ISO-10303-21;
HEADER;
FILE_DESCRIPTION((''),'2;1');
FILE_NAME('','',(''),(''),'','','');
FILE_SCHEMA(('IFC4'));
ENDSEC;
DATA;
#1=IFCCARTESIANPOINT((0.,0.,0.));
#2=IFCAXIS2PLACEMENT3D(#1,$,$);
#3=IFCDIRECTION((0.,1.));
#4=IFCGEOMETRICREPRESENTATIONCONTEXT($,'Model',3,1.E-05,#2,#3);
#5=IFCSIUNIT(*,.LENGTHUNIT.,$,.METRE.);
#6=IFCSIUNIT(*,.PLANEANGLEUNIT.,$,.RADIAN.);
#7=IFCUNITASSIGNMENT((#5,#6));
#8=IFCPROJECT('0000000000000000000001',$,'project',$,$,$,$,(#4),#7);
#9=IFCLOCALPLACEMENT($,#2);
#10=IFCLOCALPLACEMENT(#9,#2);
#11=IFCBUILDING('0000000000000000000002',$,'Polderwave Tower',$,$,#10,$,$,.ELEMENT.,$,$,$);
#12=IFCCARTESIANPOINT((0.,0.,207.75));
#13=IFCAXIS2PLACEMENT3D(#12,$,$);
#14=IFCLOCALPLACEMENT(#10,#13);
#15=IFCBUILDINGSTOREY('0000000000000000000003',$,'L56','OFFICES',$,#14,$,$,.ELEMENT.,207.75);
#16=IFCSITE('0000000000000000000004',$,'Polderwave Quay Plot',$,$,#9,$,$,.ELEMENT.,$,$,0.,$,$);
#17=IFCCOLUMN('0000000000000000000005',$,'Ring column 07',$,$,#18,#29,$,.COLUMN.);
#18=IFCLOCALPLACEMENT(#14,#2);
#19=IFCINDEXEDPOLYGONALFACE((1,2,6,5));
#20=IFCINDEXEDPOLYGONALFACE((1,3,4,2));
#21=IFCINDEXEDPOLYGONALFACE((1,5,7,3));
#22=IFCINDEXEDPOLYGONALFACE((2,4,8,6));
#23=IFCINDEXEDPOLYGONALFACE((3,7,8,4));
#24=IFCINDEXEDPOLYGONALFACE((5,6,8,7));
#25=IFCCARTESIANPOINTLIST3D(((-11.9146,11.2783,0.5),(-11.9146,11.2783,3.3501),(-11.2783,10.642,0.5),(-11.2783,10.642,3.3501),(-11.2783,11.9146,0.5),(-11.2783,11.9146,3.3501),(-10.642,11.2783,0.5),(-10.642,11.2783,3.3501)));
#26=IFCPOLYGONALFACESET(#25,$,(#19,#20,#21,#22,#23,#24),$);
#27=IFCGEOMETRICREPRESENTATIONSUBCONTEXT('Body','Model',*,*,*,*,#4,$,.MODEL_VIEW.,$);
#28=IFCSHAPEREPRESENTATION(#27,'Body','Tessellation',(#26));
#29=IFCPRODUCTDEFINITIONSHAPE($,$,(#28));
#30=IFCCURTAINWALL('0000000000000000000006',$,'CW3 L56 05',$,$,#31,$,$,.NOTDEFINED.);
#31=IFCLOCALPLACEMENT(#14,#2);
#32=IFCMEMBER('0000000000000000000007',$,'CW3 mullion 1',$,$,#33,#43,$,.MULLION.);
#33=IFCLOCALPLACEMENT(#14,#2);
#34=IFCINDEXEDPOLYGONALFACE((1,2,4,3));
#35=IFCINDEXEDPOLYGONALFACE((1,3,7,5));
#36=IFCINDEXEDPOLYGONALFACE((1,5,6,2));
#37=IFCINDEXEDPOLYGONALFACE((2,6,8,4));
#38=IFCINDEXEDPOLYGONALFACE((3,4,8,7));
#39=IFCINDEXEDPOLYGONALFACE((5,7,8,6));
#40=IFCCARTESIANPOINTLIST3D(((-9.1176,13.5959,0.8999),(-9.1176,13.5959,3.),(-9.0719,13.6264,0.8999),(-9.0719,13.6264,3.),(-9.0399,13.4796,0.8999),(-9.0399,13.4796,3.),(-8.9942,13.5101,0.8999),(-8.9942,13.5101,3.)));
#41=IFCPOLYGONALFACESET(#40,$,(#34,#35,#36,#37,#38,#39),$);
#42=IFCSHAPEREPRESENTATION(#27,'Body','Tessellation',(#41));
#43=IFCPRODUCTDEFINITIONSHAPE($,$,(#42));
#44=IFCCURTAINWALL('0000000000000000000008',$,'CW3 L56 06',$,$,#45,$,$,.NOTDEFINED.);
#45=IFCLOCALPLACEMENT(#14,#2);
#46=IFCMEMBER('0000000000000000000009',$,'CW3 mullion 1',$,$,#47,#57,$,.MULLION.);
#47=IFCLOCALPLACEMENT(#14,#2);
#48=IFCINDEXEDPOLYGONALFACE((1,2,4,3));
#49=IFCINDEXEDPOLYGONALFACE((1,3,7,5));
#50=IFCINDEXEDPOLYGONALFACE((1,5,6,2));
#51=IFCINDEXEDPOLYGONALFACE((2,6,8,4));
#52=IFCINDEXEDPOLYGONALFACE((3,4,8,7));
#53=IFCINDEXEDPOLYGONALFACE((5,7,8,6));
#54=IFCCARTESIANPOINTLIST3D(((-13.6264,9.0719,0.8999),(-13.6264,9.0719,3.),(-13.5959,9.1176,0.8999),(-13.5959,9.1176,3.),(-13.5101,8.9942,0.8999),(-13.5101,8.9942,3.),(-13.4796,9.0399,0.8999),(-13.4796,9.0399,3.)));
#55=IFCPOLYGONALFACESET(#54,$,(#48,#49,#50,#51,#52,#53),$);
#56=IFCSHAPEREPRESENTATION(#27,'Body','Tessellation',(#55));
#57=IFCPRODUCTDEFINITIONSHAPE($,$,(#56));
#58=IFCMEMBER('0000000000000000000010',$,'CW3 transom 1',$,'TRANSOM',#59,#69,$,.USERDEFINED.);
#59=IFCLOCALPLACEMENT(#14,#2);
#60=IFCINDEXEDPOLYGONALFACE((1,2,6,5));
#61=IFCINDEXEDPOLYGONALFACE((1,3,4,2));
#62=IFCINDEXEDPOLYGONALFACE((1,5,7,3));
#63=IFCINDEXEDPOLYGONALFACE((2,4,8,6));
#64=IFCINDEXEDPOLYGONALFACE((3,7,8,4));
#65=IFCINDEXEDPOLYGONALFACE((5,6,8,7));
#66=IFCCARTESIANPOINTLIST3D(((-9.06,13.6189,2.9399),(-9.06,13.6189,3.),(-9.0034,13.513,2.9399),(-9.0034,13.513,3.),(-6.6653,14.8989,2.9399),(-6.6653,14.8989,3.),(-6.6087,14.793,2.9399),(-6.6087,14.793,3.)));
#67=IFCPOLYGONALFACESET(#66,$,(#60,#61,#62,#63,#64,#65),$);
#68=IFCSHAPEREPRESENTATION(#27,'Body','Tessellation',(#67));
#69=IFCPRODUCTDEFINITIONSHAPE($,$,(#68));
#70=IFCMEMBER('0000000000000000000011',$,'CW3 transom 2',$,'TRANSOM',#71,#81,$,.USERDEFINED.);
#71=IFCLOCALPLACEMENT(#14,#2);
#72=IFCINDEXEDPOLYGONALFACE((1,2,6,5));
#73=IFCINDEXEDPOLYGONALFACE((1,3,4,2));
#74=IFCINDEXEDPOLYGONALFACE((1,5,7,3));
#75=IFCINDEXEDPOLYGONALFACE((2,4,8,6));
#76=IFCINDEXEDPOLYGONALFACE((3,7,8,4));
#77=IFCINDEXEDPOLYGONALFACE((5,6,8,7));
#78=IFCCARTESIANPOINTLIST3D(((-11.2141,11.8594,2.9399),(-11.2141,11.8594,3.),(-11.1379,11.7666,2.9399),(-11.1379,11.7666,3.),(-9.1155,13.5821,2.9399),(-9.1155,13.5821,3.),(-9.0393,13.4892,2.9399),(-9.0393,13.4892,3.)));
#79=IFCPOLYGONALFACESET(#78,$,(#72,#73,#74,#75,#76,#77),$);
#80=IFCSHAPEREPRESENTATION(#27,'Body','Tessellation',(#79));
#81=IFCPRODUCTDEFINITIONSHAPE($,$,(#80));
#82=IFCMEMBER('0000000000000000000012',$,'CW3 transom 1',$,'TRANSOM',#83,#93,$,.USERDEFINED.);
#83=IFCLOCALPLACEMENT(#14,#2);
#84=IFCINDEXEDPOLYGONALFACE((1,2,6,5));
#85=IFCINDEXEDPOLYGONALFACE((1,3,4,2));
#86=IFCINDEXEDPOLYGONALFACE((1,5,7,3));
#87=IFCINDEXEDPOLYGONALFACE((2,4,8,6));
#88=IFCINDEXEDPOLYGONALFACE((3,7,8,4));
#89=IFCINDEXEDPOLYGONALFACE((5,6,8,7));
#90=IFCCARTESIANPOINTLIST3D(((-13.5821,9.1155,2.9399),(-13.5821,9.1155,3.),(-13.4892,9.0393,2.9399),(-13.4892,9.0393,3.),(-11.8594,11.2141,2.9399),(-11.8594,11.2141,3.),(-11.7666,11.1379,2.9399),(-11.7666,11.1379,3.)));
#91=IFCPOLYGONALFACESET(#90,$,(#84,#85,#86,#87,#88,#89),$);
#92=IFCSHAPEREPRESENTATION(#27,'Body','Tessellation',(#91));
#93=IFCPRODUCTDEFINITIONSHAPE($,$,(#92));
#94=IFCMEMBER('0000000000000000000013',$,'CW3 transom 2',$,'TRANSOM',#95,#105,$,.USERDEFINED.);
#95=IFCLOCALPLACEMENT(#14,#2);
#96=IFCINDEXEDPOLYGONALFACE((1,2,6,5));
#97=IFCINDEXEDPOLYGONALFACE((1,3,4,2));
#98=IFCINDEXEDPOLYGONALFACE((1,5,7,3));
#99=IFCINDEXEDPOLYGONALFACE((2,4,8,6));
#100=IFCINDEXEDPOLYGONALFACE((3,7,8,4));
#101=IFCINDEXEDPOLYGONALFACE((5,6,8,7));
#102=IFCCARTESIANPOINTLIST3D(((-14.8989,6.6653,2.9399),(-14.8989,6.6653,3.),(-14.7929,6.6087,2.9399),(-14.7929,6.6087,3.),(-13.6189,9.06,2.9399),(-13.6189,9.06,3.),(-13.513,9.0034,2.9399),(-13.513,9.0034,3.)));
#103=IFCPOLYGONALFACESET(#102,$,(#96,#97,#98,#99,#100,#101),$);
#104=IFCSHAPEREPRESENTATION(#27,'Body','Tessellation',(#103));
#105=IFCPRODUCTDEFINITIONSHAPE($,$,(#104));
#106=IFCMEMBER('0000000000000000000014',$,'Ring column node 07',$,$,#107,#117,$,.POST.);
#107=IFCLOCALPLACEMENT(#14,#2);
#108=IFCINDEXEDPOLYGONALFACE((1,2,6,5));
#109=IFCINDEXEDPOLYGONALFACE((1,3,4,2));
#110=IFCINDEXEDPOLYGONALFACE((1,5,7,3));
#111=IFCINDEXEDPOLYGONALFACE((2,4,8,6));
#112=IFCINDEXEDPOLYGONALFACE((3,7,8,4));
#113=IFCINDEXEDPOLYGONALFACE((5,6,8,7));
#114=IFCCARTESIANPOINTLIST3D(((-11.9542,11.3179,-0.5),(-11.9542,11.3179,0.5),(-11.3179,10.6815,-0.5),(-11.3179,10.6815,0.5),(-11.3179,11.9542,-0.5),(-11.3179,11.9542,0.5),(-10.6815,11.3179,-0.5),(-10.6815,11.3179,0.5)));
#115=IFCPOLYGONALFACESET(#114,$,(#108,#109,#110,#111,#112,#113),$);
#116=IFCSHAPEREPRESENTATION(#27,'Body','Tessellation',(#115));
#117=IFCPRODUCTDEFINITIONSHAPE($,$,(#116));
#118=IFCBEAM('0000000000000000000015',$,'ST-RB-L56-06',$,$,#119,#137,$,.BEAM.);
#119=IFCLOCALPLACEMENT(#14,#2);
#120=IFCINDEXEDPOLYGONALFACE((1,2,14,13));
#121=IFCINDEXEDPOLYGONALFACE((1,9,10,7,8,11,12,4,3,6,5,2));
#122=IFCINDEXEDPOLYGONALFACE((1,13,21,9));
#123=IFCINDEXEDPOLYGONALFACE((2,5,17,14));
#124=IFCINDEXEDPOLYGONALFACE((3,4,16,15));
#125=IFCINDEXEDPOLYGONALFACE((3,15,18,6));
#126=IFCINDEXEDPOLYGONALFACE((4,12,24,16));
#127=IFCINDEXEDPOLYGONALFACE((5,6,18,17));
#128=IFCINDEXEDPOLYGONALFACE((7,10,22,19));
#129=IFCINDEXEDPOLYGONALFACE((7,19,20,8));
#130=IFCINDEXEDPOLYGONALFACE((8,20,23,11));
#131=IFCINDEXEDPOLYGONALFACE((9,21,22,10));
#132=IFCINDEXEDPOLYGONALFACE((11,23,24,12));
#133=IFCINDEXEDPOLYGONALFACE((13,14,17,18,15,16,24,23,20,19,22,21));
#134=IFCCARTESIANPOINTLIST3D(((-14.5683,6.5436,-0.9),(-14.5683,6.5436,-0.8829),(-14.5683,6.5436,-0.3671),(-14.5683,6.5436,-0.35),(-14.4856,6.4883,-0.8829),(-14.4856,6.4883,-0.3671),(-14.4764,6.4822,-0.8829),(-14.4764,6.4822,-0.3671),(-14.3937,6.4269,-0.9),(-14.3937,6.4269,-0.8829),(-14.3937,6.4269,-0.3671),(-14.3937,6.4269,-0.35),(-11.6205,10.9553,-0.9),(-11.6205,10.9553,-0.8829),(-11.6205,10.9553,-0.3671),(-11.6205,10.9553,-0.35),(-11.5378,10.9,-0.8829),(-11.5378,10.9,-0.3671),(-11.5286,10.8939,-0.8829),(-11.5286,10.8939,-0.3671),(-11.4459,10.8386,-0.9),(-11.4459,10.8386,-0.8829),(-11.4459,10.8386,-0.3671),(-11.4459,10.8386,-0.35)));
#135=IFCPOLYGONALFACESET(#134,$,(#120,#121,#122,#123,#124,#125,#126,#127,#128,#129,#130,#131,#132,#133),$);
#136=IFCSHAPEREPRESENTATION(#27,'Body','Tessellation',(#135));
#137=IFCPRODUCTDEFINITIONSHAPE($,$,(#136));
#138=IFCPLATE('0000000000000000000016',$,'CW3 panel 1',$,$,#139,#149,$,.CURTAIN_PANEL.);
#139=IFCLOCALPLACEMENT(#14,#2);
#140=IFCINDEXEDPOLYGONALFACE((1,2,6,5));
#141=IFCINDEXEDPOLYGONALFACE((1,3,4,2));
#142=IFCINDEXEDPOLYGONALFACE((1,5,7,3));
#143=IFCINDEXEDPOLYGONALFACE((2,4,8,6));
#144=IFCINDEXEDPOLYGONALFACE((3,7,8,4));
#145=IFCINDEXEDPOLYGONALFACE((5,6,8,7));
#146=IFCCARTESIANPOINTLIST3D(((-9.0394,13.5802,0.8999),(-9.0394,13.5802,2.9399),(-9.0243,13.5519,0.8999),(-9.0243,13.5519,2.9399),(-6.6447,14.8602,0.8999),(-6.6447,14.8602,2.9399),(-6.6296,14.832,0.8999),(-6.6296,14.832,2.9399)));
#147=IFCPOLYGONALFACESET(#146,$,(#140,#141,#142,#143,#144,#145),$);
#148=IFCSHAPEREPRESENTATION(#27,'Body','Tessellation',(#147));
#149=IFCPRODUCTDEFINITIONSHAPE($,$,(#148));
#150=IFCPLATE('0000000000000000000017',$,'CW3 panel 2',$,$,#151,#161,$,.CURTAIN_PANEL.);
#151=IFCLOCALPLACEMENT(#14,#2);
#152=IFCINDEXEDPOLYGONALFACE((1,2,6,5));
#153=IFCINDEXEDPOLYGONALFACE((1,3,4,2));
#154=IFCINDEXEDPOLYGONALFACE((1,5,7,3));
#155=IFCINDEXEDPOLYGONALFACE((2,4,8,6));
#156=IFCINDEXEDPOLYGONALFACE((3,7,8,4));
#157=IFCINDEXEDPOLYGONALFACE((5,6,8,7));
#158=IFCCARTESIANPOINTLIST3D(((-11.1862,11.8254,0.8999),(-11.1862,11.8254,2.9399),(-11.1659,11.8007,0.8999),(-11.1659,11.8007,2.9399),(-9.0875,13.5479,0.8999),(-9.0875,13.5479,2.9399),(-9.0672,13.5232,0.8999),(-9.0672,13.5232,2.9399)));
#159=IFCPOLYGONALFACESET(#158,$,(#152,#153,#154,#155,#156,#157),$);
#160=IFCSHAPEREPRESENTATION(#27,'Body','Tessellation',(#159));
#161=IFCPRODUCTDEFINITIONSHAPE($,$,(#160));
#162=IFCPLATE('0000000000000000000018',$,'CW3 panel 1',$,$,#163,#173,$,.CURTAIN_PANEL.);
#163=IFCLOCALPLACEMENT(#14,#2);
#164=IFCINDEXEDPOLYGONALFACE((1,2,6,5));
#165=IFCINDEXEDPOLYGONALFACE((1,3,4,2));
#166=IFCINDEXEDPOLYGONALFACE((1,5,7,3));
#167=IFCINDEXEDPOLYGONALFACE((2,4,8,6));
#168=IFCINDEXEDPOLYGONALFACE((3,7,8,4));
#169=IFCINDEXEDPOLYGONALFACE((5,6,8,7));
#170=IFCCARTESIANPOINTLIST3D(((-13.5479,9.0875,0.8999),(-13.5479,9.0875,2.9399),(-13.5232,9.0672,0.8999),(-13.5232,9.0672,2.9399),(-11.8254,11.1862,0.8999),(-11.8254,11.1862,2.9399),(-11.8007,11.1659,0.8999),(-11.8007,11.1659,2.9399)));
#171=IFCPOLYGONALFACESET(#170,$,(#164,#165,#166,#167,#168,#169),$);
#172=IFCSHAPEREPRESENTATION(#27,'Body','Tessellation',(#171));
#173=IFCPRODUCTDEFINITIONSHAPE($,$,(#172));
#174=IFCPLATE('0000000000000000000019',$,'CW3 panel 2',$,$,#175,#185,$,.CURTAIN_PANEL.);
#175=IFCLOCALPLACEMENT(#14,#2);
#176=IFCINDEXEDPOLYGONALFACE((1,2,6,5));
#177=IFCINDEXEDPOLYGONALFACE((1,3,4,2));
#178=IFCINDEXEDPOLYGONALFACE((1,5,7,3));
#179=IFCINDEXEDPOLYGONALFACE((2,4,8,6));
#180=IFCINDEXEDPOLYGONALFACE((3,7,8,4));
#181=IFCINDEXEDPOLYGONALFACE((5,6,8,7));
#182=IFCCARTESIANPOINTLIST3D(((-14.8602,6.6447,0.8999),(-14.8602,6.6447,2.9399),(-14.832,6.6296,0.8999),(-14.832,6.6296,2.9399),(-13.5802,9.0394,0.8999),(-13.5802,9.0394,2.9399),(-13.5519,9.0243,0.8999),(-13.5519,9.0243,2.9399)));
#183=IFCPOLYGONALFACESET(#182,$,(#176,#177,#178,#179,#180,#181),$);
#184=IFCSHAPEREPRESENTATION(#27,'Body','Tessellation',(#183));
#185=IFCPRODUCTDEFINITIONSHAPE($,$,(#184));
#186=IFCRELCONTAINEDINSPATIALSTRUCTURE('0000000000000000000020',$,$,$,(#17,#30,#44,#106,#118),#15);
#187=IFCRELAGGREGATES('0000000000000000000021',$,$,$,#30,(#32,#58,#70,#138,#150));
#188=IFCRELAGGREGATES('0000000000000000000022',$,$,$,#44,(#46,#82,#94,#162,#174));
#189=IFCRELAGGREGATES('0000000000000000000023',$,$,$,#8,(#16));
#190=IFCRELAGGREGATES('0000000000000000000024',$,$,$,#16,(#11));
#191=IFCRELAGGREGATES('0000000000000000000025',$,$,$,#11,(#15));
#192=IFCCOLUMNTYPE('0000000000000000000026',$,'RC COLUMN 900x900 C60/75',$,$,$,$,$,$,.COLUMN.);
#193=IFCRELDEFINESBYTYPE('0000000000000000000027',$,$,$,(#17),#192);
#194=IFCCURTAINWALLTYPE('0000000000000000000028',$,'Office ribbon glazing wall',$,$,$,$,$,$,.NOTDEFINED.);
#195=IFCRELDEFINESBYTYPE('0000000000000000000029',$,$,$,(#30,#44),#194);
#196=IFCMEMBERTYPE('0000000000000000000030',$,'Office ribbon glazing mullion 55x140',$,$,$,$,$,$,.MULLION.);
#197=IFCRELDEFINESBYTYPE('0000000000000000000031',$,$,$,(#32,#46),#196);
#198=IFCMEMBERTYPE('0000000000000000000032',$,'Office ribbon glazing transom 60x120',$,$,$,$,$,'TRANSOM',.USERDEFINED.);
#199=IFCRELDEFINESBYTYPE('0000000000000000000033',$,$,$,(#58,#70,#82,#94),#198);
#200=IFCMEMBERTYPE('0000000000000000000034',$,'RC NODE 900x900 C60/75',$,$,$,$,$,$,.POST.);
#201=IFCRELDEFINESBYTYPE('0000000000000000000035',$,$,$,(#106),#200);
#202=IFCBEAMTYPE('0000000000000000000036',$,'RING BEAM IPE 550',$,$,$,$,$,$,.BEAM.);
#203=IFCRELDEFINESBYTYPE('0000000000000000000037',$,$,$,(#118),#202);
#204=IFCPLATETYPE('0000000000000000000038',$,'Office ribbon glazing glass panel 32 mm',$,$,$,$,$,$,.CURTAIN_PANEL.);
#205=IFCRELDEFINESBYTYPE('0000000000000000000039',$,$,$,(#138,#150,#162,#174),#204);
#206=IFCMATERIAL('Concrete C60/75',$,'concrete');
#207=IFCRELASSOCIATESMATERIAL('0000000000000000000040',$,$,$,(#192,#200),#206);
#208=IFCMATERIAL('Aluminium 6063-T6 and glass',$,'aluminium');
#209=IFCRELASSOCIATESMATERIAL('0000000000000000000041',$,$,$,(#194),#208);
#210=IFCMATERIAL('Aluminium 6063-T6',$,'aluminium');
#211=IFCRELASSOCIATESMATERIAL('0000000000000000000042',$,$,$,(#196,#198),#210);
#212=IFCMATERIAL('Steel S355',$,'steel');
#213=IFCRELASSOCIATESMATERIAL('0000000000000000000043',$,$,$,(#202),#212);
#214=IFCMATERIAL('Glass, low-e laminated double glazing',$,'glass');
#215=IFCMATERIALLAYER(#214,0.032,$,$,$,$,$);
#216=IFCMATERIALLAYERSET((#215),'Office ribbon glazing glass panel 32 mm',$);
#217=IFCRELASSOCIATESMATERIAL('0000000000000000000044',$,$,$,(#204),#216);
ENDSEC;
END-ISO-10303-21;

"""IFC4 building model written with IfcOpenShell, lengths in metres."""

from ifc_helpers import new_model, si_unit, direction, frame, origin, origin_2d, place, context, subcontext, project, spatial, rectangle, i_section, extrude, material, layer, layer_set, material_profile, profile_set, type_object, element, aggregate, save


model = new_model("IFC4")

# Units and contexts
model_context = context("Model", 3, precision=1e-05, world=origin(), true_north=direction((0.0, 1.0)))
body_context = subcontext(model_context, "Body", "Model", "MODEL_VIEW")
ifc_project = project(units=[si_unit("LENGTHUNIT", "METRE"), si_unit("PLANEANGLEUNIT", "RADIAN")], contexts=[model_context])

# Site, building, storey
site_placement = place(None, origin())
site = spatial("IfcSite", under=ifc_project, at=site_placement, Name="Polderwave Quay Plot", CompositionType="ELEMENT", RefElevation=0.0)
building_placement = place(site_placement, origin())
building = spatial("IfcBuilding", under=site, at=building_placement, Name="Polderwave Tower", CompositionType="ELEMENT")
storey_placement = place(building_placement, frame((0.0, 0.0, 207.75)))
storey = spatial("IfcBuildingStorey", under=building, at=storey_placement, Name="L56", Description="OFFICES", CompositionType="ELEMENT", Elevation=207.75)

# Column
ifc_material_1 = material(Name="Concrete C60/75", Category="concrete")
ifc_material_profile_1 = material_profile(ifc_material_1, rectangle(XDim=0.8999, YDim=0.8999, at=origin_2d()), Name="RC 900x900")
ifc_profile_set_1 = profile_set([ifc_material_profile_1], Name="Concrete C60/75")
column_type = type_object("IfcColumnType", Name="RC COLUMN 900x900 C60/75", PredefinedType="COLUMN", material=ifc_profile_set_1)
column_placement = place(storey_placement, frame((-11.2783, 11.2783, 0.5), z_axis=(0.0, 0.0, 1.0), x_axis=(-0.707107, 0.707107, 0.0)))
element("IfcColumn", 1, at=column_placement, inside=storey, type_object=column_type, Name="Ring column 07", PredefinedType="COLUMN", context=body_context, shape_type="SweptSolid", body=[
    extrude(rectangle(XDim=0.8999, YDim=0.8999, at=origin_2d()), origin(), (0.0, 0.0, 1.0), 2.8501),
])

# Curtain walls, members
ifc_material_2 = material(Name="Aluminium 6063-T6 and glass", Category="aluminium")
curtain_wall_type = type_object("IfcCurtainWallType", Name="Office ribbon glazing wall", PredefinedType="NOTDEFINED", material=ifc_material_2)
curtain_wall_1_placement = place(storey_placement, origin())
curtain_wall_1 = element("IfcCurtainWall", 2, at=curtain_wall_1_placement, inside=storey, type_object=curtain_wall_type, Name="CW3 L56 05", PredefinedType="NOTDEFINED")
ifc_material_3 = material(Name="Aluminium 6063-T6", Category="aluminium")
ifc_material_profile_2 = material_profile(ifc_material_3, rectangle(XDim=0.1399, YDim=0.0549, at=origin_2d()), Name="AL 55x140")
ifc_profile_set_2 = profile_set([ifc_material_profile_2], Name="Aluminium 6063-T6")
member_type_1 = type_object("IfcMemberType", Name="Office ribbon glazing mullion 55x140", PredefinedType="MULLION", material=ifc_profile_set_2)
member_1_placement = place(storey_placement, frame((-9.0559, 13.553, 0.8999), z_axis=(0.0, 0.0, 1.0), x_axis=(0.555592, -0.831455, 0.0)))
member_1 = element("IfcMember", 3, at=member_1_placement, type_object=member_type_1, Name="CW3 mullion 1", PredefinedType="MULLION", context=body_context, shape_type="SweptSolid", body=[
    extrude(rectangle(XDim=0.1399, YDim=0.0549, at=origin_2d()), origin(), (0.0, 0.0, 1.0), 2.1001),
])
curtain_wall_2_placement = place(storey_placement, origin())
curtain_wall_2 = element("IfcCurtainWall", 4, at=curtain_wall_2_placement, inside=storey, type_object=curtain_wall_type, Name="CW3 L56 06", PredefinedType="NOTDEFINED")
member_2_placement = place(storey_placement, frame((-13.553, 9.0559, 0.8999), z_axis=(0.0, 0.0, 1.0), x_axis=(0.831455, -0.555592, 0.0)))
member_2 = element("IfcMember", 5, at=member_2_placement, type_object=member_type_1, Name="CW3 mullion 1", PredefinedType="MULLION", context=body_context, shape_type="SweptSolid", body=[
    extrude(rectangle(XDim=0.1399, YDim=0.0549, at=origin_2d()), origin(), (0.0, 0.0, 1.0), 2.1001),
])

# Members
ifc_material_profile_3 = material_profile(ifc_material_3, rectangle(XDim=0.1201, YDim=0.0601, at=origin_2d()), Name="AL 60x120")
ifc_profile_set_3 = profile_set([ifc_material_profile_3], Name="Aluminium 6063-T6")
member_type_2 = type_object("IfcMemberType", Name="Office ribbon glazing transom 60x120", ElementType="TRANSOM", PredefinedType="USERDEFINED", material=ifc_profile_set_3)
member_3_placement = place(storey_placement, frame((-6.637, 14.8459, 2.97), z_axis=(-0.881922, -0.471395, 0.0), x_axis=(0.471395, -0.881922, 0.0)))
member_3 = element("IfcMember", 6, at=member_3_placement, type_object=member_type_2, Name="CW3 transom 1", ObjectType="TRANSOM", PredefinedType="USERDEFINED", context=body_context, shape_type="SweptSolid", body=[
    extrude(rectangle(XDim=0.1201, YDim=0.0601, at=origin_2d()), origin(), (0.0, 0.0, 1.0), 2.7153),
])
member_4_placement = place(storey_placement, frame((-9.0774, 13.5356, 2.97), z_axis=(-0.772947, -0.634471, 0.0), x_axis=(0.634471, -0.772947, 0.0)))
member_4 = element("IfcMember", 7, at=member_4_placement, type_object=member_type_2, Name="CW3 transom 2", ObjectType="TRANSOM", PredefinedType="USERDEFINED", context=body_context, shape_type="SweptSolid", body=[
    extrude(rectangle(XDim=0.1201, YDim=0.0601, at=origin_2d()), origin(), (0.0, 0.0, 1.0), 2.7151),
])
member_5_placement = place(storey_placement, frame((-11.813, 11.176, 2.97), z_axis=(-0.634471, -0.772947, 0.0), x_axis=(0.772947, -0.634471, 0.0)))
member_5 = element("IfcMember", 8, at=member_5_placement, type_object=member_type_2, Name="CW3 transom 1", ObjectType="TRANSOM", PredefinedType="USERDEFINED", context=body_context, shape_type="SweptSolid", body=[
    extrude(rectangle(XDim=0.1201, YDim=0.0601, at=origin_2d()), origin(), (0.0, 0.0, 1.0), 2.7151),
])
member_6_placement = place(storey_placement, frame((-13.5659, 9.0317, 2.97), z_axis=(-0.471395, -0.881922, 0.0), x_axis=(0.881922, -0.471395, 0.0)))
member_6 = element("IfcMember", 9, at=member_6_placement, type_object=member_type_2, Name="CW3 transom 2", ObjectType="TRANSOM", PredefinedType="USERDEFINED", context=body_context, shape_type="SweptSolid", body=[
    extrude(rectangle(XDim=0.1201, YDim=0.0601, at=origin_2d()), origin(), (0.0, 0.0, 1.0), 2.7153),
])
ifc_material_profile_4 = material_profile(ifc_material_1, rectangle(XDim=0.8999, YDim=0.8999, at=origin_2d()), Name="RC 900x900")
ifc_profile_set_4 = profile_set([ifc_material_profile_4], Name="Concrete C60/75")
member_type_3 = type_object("IfcMemberType", Name="RC NODE 900x900 C60/75", PredefinedType="POST", material=ifc_profile_set_4)
member_7_placement = place(storey_placement, frame((-11.3179, 11.3179, -0.5), z_axis=(0.0, 0.0, 1.0), x_axis=(-0.707107, 0.707107, 0.0)))
element("IfcMember", 10, at=member_7_placement, inside=storey, type_object=member_type_3, Name="Ring column node 07", PredefinedType="POST", context=body_context, shape_type="SweptSolid", body=[
    extrude(rectangle(XDim=0.8999, YDim=0.8999, at=origin_2d()), origin(), (0.0, 0.0, 1.0), 1.0),
])

# Beam
ifc_material_4 = material(Name="Steel S355", Category="steel")
ifc_material_profile_5 = material_profile(ifc_material_4, i_section(OverallWidth=0.21, OverallDepth=0.55, WebThickness=0.011, FlangeThickness=0.0171, at=origin_2d()), Name="IPE 550")
ifc_profile_set_5 = profile_set([ifc_material_profile_5], Name="Steel S355")
beam_type = type_object("IfcBeamType", Name="RING BEAM IPE 550", PredefinedType="BEAM", material=ifc_profile_set_5)
beam_placement = place(storey_placement, frame((-11.5332, 10.897, -0.625), z_axis=(-0.555571, -0.831469, 0.0), x_axis=(0.831469, -0.555571, 0.0)))
element("IfcBeam", 11, at=beam_placement, inside=storey, type_object=beam_type, Name="ST-RB-L56-06", PredefinedType="BEAM", context=body_context, shape_type="SweptSolid", body=[
    extrude(i_section(OverallWidth=0.21, OverallDepth=0.55, WebThickness=0.011, FlangeThickness=0.0171, at=origin_2d()), origin(), (0.0, 0.0, 1.0), 5.3059),
])

# Plates
ifc_material_5 = material(Name="Glass, low-e laminated double glazing", Category="glass")
ifc_layer_1 = layer(ifc_material_5, 0.032)
ifc_layer_set_1 = layer_set([ifc_layer_1], Name="Office ribbon glazing glass panel 32 mm")
plate_type = type_object("IfcPlateType", Name="Office ribbon glazing glass panel 32 mm", PredefinedType="CURTAIN_PANEL", material=ifc_layer_set_1)
plate_1_placement = place(storey_placement, frame((-7.8345, 14.2061, 0.8999), z_axis=(0.0, 0.0, 1.0), x_axis=(-0.881919, -0.471401, 0.0)))
plate_1 = element("IfcPlate", 12, at=plate_1_placement, type_object=plate_type, Name="CW3 panel 1", PredefinedType="CURTAIN_PANEL", context=body_context, shape_type="SweptSolid", body=[
    extrude(rectangle(XDim=2.7153, YDim=0.032, at=origin_2d()), origin(), (0.0, 0.0, 1.0), 2.04),
])
plate_2_placement = place(storey_placement, frame((-10.1267, 12.6743, 0.8999), z_axis=(0.0, 0.0, 1.0), x_axis=(-0.772982, -0.634428, 0.0)))
plate_2 = element("IfcPlate", 13, at=plate_2_placement, type_object=plate_type, Name="CW3 panel 2", PredefinedType="CURTAIN_PANEL", context=body_context, shape_type="SweptSolid", body=[
    extrude(rectangle(XDim=2.7151, YDim=0.032, at=origin_2d()), origin(), (0.0, 0.0, 1.0), 2.04),
])
aggregate(curtain_wall_1, [member_1, member_3, member_4, plate_1, plate_2])
plate_3_placement = place(storey_placement, frame((-12.6743, 10.1267, 0.8999), z_axis=(0.0, 0.0, 1.0), x_axis=(-0.634428, -0.772982, 0.0)))
plate_3 = element("IfcPlate", 14, at=plate_3_placement, type_object=plate_type, Name="CW3 panel 1", PredefinedType="CURTAIN_PANEL", context=body_context, shape_type="SweptSolid", body=[
    extrude(rectangle(XDim=2.7151, YDim=0.032, at=origin_2d()), origin(), (0.0, 0.0, 1.0), 2.04),
])
plate_4_placement = place(storey_placement, frame((-14.2061, 7.8345, 0.8999), z_axis=(0.0, 0.0, 1.0), x_axis=(-0.471401, -0.881919, 0.0)))
plate_4 = element("IfcPlate", 15, at=plate_4_placement, type_object=plate_type, Name="CW3 panel 2", PredefinedType="CURTAIN_PANEL", context=body_context, shape_type="SweptSolid", body=[
    extrude(rectangle(XDim=2.7153, YDim=0.032, at=origin_2d()), origin(), (0.0, 0.0, 1.0), 2.04),
])
aggregate(curtain_wall_2, [member_2, member_5, member_6, plate_3, plate_4])

save(model, "model.ifc")
